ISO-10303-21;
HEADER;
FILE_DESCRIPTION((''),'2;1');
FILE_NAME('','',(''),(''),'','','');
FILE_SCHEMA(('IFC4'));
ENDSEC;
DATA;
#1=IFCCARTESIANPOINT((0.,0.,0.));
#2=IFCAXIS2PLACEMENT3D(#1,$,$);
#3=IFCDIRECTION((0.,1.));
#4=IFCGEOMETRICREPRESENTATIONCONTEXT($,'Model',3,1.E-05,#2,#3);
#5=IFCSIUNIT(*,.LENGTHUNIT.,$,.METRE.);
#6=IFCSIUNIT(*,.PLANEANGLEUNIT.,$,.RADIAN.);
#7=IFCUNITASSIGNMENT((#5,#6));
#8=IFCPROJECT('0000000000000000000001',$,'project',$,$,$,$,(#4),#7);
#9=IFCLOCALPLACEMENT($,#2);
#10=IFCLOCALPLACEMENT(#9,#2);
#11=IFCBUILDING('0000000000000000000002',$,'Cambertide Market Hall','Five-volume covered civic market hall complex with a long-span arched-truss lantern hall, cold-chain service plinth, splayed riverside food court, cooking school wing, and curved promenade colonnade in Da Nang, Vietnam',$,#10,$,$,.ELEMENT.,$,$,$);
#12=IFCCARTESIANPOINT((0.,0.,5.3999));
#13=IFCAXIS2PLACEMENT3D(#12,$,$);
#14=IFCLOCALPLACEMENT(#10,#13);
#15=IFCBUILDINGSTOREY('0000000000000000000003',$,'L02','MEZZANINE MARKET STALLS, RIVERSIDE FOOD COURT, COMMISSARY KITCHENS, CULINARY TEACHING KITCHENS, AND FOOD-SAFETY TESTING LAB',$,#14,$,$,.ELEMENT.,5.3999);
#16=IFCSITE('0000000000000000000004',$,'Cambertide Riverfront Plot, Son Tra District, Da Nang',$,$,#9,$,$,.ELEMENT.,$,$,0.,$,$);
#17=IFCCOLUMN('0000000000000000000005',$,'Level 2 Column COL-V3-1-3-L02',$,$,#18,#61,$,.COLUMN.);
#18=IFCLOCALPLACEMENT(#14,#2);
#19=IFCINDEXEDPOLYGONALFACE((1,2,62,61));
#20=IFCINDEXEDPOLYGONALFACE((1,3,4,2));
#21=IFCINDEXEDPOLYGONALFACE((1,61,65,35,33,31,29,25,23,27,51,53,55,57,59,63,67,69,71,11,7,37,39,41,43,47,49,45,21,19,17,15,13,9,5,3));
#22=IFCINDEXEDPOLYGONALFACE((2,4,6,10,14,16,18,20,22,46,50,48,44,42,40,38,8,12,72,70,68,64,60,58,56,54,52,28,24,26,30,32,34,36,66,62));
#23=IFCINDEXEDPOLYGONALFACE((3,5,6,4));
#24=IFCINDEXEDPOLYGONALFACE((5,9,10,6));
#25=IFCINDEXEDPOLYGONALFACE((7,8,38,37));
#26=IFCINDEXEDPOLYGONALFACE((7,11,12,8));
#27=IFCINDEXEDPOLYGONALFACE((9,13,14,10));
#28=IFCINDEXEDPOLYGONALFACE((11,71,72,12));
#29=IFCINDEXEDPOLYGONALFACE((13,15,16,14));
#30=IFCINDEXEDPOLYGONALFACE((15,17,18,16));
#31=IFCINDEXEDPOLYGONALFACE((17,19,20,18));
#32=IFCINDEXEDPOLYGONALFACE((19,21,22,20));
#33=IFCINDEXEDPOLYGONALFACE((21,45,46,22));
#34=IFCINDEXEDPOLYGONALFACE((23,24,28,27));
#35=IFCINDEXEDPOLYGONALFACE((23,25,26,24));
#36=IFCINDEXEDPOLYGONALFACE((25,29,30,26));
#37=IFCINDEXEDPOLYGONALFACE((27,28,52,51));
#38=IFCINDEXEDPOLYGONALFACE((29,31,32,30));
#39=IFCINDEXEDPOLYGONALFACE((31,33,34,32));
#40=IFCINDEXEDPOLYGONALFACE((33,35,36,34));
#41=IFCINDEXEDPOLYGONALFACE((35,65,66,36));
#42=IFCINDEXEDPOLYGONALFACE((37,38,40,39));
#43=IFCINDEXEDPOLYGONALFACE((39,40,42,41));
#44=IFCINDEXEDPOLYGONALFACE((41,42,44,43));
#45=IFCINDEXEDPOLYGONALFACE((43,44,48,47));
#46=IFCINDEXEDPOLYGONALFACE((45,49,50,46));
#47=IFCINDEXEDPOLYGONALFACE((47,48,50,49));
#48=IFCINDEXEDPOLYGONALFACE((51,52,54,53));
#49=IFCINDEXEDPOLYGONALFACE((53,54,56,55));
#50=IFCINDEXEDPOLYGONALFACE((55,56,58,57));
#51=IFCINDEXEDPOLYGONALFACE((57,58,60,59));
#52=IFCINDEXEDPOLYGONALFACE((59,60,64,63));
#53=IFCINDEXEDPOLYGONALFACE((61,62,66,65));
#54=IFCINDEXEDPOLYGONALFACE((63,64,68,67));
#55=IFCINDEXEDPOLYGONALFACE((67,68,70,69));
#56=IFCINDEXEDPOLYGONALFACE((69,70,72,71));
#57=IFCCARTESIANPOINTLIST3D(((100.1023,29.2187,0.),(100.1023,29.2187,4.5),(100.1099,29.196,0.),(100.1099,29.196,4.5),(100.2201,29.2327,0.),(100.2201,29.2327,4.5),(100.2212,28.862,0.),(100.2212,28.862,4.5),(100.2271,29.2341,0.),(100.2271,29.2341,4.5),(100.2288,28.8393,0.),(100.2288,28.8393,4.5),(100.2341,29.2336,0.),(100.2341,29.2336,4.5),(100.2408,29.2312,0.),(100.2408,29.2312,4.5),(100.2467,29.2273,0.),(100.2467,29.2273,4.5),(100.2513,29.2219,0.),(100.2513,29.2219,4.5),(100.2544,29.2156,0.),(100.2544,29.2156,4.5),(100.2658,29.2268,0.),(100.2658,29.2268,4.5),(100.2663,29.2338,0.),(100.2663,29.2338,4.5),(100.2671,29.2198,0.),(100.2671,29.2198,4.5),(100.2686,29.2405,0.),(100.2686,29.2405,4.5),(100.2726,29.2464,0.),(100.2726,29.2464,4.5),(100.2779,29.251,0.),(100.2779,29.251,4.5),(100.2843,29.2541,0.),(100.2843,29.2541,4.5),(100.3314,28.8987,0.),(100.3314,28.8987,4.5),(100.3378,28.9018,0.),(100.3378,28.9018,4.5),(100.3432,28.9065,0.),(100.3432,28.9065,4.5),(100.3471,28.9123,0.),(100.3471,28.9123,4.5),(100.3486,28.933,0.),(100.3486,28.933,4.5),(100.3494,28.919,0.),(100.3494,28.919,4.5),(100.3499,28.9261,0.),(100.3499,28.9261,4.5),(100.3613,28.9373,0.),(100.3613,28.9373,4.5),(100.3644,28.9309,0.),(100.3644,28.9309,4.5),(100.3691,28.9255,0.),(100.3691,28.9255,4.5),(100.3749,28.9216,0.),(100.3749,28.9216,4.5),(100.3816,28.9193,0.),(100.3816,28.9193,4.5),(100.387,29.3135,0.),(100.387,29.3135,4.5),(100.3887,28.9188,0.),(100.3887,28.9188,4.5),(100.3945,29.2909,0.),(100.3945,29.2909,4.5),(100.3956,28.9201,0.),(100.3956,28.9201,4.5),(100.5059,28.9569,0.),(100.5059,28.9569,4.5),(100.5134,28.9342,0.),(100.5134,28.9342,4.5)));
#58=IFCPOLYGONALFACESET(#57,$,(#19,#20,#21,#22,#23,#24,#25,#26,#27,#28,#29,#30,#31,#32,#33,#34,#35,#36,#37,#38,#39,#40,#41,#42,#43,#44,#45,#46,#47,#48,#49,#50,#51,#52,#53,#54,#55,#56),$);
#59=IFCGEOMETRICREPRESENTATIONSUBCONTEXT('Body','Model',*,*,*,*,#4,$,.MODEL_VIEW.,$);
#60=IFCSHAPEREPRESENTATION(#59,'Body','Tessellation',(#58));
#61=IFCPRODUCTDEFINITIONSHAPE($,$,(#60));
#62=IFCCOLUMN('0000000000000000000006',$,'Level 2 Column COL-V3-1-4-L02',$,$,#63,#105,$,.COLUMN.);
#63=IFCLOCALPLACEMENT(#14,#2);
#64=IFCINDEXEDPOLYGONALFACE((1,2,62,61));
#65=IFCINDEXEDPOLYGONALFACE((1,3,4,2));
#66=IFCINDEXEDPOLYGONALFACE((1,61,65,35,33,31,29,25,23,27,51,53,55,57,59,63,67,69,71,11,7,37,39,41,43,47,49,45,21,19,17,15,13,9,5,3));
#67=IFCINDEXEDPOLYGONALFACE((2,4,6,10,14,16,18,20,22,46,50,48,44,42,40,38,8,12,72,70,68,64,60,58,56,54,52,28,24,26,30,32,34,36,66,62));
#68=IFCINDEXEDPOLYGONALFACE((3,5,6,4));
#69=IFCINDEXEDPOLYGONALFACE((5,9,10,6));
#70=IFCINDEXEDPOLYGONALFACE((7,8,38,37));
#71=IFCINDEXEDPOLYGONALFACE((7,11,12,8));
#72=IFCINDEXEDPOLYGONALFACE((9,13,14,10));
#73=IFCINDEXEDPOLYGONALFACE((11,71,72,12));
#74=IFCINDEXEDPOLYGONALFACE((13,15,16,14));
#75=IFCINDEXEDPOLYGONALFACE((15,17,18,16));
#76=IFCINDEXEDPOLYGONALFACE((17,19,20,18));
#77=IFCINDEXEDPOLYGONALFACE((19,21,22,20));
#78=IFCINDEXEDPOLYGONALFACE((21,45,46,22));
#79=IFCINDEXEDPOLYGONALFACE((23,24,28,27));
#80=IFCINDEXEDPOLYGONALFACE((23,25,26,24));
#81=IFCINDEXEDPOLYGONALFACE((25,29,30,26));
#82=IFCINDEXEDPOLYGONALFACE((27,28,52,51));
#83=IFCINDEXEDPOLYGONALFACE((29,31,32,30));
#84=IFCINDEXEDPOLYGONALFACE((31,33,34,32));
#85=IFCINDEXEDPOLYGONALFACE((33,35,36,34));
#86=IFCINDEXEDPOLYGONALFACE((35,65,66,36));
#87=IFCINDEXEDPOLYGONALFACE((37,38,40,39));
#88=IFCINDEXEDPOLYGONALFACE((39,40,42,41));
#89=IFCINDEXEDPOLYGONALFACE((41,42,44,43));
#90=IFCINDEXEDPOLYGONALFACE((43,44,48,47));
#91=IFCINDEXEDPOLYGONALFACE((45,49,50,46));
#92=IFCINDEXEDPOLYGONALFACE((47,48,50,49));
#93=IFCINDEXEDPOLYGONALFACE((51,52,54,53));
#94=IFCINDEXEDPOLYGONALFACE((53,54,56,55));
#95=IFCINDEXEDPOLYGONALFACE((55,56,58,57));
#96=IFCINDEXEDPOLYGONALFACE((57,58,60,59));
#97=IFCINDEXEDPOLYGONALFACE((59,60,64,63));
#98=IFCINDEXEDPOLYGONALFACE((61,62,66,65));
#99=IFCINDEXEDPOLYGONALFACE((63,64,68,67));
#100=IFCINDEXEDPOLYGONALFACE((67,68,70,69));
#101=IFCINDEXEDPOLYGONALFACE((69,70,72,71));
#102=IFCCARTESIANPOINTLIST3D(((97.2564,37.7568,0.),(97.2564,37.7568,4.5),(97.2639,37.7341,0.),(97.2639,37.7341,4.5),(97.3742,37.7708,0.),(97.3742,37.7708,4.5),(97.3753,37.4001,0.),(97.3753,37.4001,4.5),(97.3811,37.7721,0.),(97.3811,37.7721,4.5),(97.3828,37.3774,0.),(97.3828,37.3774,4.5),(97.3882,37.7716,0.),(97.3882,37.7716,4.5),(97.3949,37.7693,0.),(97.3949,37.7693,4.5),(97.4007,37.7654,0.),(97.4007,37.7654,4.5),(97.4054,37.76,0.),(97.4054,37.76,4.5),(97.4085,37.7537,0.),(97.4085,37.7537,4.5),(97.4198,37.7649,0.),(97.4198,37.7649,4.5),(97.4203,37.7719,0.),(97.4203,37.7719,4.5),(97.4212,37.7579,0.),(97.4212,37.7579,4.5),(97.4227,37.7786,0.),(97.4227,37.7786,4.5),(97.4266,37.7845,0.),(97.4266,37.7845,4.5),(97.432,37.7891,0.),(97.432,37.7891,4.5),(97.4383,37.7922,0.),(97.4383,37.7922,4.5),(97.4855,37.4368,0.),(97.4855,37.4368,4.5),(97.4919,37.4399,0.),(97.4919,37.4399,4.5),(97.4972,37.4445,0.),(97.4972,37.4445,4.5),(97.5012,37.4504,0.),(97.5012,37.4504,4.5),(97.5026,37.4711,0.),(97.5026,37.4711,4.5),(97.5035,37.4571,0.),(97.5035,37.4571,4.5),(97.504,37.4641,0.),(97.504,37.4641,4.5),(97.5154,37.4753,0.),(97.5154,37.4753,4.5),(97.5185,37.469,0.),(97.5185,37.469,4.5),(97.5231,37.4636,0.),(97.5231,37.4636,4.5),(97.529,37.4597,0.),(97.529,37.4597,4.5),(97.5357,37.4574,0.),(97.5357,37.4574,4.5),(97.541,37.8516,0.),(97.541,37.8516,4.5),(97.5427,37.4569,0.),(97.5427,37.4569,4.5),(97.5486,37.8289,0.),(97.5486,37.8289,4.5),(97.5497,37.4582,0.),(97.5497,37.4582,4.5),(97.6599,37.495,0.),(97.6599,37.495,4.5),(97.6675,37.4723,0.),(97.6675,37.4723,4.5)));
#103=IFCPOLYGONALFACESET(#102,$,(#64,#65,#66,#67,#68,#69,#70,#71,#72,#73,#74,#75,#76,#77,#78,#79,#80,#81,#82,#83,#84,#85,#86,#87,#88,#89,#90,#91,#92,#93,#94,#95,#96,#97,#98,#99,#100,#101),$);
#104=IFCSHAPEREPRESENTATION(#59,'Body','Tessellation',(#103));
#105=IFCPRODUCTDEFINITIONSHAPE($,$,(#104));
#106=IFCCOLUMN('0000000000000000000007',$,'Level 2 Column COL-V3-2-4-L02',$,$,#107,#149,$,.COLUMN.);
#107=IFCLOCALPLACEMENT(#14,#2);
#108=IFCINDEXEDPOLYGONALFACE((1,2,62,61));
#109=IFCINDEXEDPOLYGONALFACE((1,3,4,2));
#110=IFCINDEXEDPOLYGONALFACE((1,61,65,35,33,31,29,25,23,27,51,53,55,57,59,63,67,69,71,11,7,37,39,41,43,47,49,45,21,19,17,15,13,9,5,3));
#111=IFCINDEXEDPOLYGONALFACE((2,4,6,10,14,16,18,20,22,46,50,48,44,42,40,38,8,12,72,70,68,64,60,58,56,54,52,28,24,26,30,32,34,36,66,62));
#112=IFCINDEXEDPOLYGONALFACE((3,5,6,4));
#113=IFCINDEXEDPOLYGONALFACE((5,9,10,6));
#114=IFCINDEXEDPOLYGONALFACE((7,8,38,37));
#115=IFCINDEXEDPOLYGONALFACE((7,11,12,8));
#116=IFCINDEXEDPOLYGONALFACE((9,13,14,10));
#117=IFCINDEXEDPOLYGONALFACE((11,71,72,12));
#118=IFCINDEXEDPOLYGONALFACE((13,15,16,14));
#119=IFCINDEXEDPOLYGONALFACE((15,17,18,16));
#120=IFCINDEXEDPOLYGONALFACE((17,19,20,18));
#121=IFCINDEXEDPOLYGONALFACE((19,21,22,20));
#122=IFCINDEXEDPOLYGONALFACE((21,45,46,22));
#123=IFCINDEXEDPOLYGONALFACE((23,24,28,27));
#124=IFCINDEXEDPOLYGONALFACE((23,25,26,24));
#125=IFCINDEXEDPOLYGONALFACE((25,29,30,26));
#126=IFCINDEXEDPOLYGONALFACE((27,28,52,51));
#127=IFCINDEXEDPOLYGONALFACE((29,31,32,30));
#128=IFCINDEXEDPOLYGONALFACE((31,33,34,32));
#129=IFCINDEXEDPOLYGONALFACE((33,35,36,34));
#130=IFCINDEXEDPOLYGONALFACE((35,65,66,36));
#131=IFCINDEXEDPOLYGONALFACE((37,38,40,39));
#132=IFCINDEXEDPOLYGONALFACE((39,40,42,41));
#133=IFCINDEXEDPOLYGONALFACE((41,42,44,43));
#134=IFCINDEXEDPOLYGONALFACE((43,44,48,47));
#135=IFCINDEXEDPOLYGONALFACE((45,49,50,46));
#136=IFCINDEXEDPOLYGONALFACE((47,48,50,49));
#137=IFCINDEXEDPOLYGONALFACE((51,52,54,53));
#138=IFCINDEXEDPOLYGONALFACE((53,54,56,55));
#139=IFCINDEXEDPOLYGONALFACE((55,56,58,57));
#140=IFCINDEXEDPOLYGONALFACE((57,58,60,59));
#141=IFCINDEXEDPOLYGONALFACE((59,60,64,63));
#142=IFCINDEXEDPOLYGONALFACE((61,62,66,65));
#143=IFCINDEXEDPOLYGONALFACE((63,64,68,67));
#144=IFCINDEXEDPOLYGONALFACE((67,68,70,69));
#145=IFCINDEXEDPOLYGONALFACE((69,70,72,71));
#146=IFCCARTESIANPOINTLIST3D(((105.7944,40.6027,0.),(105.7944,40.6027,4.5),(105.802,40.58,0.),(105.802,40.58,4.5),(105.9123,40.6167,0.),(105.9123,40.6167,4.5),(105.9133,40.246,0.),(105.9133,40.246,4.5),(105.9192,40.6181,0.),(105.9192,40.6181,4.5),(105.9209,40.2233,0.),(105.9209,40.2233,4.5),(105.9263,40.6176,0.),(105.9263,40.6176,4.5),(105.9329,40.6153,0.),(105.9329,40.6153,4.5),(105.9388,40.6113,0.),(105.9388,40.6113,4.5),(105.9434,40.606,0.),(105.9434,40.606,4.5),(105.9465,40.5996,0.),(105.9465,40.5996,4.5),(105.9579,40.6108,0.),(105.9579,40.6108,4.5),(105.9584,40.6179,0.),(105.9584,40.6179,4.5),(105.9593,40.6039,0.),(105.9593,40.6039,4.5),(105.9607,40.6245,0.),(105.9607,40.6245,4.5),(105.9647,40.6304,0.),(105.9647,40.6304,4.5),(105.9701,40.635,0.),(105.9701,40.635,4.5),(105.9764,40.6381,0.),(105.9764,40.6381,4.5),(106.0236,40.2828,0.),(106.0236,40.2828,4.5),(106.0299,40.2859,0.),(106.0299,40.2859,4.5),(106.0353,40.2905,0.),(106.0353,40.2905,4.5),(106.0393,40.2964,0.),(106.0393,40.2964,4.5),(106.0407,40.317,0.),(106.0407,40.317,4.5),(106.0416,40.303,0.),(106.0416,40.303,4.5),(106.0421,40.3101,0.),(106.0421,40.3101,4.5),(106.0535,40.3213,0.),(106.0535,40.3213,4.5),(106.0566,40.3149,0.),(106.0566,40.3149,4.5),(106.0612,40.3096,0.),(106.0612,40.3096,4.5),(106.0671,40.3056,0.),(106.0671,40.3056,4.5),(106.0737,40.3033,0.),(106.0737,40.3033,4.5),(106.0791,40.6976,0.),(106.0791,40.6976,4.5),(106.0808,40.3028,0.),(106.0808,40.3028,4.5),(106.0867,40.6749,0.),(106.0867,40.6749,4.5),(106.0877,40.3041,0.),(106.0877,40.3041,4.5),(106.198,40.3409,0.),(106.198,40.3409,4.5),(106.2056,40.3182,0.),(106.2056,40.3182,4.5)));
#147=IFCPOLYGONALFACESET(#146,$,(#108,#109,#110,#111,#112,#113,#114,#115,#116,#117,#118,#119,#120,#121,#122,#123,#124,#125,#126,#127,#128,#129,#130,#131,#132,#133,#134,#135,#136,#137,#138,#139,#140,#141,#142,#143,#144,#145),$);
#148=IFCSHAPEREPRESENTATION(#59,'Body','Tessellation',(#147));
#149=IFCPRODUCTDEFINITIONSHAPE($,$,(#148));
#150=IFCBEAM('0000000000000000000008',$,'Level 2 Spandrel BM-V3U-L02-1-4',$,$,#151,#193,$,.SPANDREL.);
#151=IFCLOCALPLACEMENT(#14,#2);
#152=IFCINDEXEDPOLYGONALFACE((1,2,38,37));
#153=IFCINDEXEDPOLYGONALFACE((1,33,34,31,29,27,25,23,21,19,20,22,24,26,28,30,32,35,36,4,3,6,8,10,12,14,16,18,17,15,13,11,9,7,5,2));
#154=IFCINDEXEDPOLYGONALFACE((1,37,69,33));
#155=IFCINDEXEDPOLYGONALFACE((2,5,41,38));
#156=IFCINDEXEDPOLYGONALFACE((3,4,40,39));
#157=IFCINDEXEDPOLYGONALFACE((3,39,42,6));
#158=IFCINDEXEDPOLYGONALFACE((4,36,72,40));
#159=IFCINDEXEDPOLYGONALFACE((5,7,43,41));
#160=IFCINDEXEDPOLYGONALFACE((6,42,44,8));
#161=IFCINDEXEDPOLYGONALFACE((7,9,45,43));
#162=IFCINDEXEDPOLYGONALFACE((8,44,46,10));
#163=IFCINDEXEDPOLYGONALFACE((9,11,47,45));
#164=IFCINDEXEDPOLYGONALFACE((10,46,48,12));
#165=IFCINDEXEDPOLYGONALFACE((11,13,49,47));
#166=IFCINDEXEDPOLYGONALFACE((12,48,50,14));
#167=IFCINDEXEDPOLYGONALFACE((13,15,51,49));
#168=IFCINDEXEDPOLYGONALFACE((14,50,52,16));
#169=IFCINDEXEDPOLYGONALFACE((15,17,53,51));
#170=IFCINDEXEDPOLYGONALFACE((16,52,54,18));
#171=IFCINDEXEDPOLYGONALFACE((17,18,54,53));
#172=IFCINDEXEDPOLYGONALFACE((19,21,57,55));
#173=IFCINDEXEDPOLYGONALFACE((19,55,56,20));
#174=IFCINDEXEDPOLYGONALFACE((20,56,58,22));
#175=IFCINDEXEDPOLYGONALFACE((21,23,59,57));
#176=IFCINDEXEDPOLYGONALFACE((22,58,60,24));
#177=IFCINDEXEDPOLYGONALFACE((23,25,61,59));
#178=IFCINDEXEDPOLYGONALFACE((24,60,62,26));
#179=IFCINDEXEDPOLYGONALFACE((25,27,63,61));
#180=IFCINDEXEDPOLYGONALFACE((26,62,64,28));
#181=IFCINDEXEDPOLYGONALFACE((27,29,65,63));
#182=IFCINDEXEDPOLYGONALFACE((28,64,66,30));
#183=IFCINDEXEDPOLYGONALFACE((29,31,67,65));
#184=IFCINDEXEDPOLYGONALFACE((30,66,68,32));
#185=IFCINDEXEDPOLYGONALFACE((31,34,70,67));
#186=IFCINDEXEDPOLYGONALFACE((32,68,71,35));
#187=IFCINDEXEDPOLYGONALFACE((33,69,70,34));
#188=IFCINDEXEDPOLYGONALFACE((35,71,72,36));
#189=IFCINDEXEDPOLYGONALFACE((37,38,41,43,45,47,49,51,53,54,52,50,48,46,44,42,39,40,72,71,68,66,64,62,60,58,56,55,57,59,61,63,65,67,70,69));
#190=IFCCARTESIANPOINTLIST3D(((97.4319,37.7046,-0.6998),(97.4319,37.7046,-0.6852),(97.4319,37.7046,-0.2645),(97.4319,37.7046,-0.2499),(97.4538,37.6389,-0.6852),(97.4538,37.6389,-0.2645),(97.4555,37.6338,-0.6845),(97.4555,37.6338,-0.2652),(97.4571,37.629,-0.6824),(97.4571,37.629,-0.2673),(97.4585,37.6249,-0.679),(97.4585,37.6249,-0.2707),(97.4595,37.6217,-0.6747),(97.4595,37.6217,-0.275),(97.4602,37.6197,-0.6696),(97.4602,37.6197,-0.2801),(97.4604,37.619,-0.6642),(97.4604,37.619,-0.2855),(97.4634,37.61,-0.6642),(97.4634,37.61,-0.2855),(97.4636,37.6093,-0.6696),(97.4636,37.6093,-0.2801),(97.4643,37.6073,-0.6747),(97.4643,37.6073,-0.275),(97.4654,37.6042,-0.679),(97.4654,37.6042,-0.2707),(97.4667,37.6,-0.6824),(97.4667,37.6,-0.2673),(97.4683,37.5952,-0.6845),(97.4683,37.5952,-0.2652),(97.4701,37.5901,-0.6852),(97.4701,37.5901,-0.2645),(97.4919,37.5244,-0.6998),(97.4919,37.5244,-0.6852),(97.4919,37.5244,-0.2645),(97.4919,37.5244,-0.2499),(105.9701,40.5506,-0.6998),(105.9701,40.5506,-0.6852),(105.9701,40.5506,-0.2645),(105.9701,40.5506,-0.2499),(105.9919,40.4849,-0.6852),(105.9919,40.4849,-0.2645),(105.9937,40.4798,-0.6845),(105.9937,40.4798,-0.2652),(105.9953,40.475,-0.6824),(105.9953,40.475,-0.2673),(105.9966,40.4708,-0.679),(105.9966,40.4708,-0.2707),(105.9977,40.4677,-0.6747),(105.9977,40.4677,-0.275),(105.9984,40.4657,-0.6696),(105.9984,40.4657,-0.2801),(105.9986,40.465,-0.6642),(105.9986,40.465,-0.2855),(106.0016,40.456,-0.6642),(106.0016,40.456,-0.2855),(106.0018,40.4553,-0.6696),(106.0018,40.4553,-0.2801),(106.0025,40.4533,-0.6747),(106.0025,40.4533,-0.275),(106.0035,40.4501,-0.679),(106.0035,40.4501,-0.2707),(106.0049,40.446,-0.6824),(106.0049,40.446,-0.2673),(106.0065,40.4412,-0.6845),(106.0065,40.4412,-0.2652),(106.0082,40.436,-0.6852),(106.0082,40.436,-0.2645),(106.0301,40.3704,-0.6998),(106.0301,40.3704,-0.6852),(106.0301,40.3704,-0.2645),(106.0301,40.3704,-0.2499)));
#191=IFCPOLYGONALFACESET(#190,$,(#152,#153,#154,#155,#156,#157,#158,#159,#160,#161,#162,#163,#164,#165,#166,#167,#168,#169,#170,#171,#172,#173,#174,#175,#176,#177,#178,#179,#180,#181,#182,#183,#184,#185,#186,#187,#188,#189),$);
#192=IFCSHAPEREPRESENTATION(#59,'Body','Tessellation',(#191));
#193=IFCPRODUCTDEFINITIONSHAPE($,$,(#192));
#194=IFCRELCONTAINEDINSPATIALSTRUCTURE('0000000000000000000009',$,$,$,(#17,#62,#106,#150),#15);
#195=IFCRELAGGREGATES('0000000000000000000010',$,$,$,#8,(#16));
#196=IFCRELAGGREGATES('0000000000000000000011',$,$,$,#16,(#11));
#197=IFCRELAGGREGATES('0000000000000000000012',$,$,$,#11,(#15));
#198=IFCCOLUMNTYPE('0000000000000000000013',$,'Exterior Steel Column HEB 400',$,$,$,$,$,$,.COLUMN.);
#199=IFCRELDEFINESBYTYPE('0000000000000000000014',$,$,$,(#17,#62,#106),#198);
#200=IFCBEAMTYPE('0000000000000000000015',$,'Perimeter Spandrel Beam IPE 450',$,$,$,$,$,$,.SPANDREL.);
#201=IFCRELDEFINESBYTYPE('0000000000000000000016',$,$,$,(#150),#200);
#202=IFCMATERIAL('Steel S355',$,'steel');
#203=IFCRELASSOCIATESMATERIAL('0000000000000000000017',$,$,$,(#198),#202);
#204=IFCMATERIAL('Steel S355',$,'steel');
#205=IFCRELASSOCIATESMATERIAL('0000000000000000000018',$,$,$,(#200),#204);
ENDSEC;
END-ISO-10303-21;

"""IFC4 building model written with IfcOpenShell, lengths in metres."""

from ifc_helpers import new_model, si_unit, direction, frame, origin, origin_2d, place, context, subcontext, project, spatial, i_section, extrude, material, material_profile, profile_set, type_object, element, save


model = new_model("IFC4")

# Units and contexts
model_context = context("Model", 3, precision=1e-05, world=origin(), true_north=direction((0.0, 1.0)))
body_context = subcontext(model_context, "Body", "Model", "MODEL_VIEW")
ifc_project = project(units=[si_unit("LENGTHUNIT", "METRE"), si_unit("PLANEANGLEUNIT", "RADIAN")], contexts=[model_context])

# Site, building, storey
site_placement = place(None, origin())
site = spatial("IfcSite", under=ifc_project, at=site_placement, Name="Cambertide Riverfront Plot, Son Tra District, Da Nang", CompositionType="ELEMENT", RefElevation=0.0)
building_placement = place(site_placement, origin())
building = spatial("IfcBuilding", under=site, at=building_placement, Name="Cambertide Market Hall", Description="Five-volume covered civic market hall complex with a long-span arched-truss lantern hall, cold-chain service plinth, splayed riverside food court, cooking school wing, and curved promenade colonnade in Da Nang, Vietnam", CompositionType="ELEMENT")
storey_placement = place(building_placement, frame((0.0, 0.0, 5.3999)))
storey = spatial("IfcBuildingStorey", under=building, at=storey_placement, Name="L02", Description="MEZZANINE MARKET STALLS, RIVERSIDE FOOD COURT, COMMISSARY KITCHENS, CULINARY TEACHING KITCHENS, AND FOOD-SAFETY TESTING LAB", CompositionType="ELEMENT", Elevation=5.3999)

# Columns
ifc_material_1 = material(Name="Steel S355", Category="steel")
ifc_material_profile_1 = material_profile(ifc_material_1, i_section(OverallWidth=0.3, OverallDepth=0.3999, WebThickness=0.0134, FlangeThickness=0.0239, FilletRadius=0.0271, at=origin_2d()), Name="HEB 400")
ifc_profile_set_1 = profile_set([ifc_material_profile_1], Name="Steel S355")
column_type = type_object("IfcColumnType", Name="Exterior Steel Column HEB 400", PredefinedType="COLUMN", material=ifc_profile_set_1)
for number, where, z_axis, x_axis, name in (
    (1, (100.3079, 29.0764, 0.0), (0.0, 0.0, 1.0), (0.948683, 0.316228, 0.0), "Level 2 Column COL-V3-1-3-L02"),
    (2, (97.4619, 37.6145, 0.0), (0.0, 0.0, 1.0), (0.948683, 0.316228, 0.0), "Level 2 Column COL-V3-1-4-L02"),
    (3, (106.0, 40.4604, 0.0), (0.0, 0.0, 1.0), (0.948683, 0.316228, 0.0), "Level 2 Column COL-V3-2-4-L02"),
):
    element("IfcColumn", number, at=place(storey_placement, frame(where, z_axis=z_axis, x_axis=x_axis)), inside=storey, type_object=column_type, Name=name, PredefinedType="COLUMN", context=body_context, shape_type="SweptSolid", body=[
        extrude(i_section(OverallWidth=0.3, OverallDepth=0.3999, WebThickness=0.0134, FlangeThickness=0.0239, FilletRadius=0.0271, at=origin_2d()), origin(), (0.0, 0.0, 1.0), 4.5),
    ])

# Beam
ifc_material_2 = material(Name="Steel S355", Category="steel")
ifc_material_profile_2 = material_profile(ifc_material_2, i_section(OverallWidth=0.1899, OverallDepth=0.45, WebThickness=0.0095, FlangeThickness=0.0146, FilletRadius=0.021, at=origin_2d()), Name="IPE 450")
ifc_profile_set_2 = profile_set([ifc_material_profile_2], Name="Steel S355")
beam_type_1 = type_object("IfcBeamType", Name="Perimeter Spandrel Beam IPE 450", PredefinedType="SPANDREL", material=ifc_profile_set_2)
for number, where, z_axis, x_axis, name in (
    (4, (97.4619, 37.6145, -0.4749), (0.948686, 0.31622, 0.0), (-0.31622, 0.948686, 0.0), "Level 2 Spandrel BM-V3U-L02-1-4"),
):
    element("IfcBeam", number, at=place(storey_placement, frame(where, z_axis=z_axis, x_axis=x_axis)), inside=storey, type_object=beam_type_1, Name=name, PredefinedType="SPANDREL", context=body_context, shape_type="SweptSolid", body=[
        extrude(i_section(OverallWidth=0.1899, OverallDepth=0.45, WebThickness=0.0095, FlangeThickness=0.0146, FilletRadius=0.021, at=origin_2d()), origin(), (0.0, 0.0, 1.0), 9.0),
    ])

save(model, "model.ifc")
